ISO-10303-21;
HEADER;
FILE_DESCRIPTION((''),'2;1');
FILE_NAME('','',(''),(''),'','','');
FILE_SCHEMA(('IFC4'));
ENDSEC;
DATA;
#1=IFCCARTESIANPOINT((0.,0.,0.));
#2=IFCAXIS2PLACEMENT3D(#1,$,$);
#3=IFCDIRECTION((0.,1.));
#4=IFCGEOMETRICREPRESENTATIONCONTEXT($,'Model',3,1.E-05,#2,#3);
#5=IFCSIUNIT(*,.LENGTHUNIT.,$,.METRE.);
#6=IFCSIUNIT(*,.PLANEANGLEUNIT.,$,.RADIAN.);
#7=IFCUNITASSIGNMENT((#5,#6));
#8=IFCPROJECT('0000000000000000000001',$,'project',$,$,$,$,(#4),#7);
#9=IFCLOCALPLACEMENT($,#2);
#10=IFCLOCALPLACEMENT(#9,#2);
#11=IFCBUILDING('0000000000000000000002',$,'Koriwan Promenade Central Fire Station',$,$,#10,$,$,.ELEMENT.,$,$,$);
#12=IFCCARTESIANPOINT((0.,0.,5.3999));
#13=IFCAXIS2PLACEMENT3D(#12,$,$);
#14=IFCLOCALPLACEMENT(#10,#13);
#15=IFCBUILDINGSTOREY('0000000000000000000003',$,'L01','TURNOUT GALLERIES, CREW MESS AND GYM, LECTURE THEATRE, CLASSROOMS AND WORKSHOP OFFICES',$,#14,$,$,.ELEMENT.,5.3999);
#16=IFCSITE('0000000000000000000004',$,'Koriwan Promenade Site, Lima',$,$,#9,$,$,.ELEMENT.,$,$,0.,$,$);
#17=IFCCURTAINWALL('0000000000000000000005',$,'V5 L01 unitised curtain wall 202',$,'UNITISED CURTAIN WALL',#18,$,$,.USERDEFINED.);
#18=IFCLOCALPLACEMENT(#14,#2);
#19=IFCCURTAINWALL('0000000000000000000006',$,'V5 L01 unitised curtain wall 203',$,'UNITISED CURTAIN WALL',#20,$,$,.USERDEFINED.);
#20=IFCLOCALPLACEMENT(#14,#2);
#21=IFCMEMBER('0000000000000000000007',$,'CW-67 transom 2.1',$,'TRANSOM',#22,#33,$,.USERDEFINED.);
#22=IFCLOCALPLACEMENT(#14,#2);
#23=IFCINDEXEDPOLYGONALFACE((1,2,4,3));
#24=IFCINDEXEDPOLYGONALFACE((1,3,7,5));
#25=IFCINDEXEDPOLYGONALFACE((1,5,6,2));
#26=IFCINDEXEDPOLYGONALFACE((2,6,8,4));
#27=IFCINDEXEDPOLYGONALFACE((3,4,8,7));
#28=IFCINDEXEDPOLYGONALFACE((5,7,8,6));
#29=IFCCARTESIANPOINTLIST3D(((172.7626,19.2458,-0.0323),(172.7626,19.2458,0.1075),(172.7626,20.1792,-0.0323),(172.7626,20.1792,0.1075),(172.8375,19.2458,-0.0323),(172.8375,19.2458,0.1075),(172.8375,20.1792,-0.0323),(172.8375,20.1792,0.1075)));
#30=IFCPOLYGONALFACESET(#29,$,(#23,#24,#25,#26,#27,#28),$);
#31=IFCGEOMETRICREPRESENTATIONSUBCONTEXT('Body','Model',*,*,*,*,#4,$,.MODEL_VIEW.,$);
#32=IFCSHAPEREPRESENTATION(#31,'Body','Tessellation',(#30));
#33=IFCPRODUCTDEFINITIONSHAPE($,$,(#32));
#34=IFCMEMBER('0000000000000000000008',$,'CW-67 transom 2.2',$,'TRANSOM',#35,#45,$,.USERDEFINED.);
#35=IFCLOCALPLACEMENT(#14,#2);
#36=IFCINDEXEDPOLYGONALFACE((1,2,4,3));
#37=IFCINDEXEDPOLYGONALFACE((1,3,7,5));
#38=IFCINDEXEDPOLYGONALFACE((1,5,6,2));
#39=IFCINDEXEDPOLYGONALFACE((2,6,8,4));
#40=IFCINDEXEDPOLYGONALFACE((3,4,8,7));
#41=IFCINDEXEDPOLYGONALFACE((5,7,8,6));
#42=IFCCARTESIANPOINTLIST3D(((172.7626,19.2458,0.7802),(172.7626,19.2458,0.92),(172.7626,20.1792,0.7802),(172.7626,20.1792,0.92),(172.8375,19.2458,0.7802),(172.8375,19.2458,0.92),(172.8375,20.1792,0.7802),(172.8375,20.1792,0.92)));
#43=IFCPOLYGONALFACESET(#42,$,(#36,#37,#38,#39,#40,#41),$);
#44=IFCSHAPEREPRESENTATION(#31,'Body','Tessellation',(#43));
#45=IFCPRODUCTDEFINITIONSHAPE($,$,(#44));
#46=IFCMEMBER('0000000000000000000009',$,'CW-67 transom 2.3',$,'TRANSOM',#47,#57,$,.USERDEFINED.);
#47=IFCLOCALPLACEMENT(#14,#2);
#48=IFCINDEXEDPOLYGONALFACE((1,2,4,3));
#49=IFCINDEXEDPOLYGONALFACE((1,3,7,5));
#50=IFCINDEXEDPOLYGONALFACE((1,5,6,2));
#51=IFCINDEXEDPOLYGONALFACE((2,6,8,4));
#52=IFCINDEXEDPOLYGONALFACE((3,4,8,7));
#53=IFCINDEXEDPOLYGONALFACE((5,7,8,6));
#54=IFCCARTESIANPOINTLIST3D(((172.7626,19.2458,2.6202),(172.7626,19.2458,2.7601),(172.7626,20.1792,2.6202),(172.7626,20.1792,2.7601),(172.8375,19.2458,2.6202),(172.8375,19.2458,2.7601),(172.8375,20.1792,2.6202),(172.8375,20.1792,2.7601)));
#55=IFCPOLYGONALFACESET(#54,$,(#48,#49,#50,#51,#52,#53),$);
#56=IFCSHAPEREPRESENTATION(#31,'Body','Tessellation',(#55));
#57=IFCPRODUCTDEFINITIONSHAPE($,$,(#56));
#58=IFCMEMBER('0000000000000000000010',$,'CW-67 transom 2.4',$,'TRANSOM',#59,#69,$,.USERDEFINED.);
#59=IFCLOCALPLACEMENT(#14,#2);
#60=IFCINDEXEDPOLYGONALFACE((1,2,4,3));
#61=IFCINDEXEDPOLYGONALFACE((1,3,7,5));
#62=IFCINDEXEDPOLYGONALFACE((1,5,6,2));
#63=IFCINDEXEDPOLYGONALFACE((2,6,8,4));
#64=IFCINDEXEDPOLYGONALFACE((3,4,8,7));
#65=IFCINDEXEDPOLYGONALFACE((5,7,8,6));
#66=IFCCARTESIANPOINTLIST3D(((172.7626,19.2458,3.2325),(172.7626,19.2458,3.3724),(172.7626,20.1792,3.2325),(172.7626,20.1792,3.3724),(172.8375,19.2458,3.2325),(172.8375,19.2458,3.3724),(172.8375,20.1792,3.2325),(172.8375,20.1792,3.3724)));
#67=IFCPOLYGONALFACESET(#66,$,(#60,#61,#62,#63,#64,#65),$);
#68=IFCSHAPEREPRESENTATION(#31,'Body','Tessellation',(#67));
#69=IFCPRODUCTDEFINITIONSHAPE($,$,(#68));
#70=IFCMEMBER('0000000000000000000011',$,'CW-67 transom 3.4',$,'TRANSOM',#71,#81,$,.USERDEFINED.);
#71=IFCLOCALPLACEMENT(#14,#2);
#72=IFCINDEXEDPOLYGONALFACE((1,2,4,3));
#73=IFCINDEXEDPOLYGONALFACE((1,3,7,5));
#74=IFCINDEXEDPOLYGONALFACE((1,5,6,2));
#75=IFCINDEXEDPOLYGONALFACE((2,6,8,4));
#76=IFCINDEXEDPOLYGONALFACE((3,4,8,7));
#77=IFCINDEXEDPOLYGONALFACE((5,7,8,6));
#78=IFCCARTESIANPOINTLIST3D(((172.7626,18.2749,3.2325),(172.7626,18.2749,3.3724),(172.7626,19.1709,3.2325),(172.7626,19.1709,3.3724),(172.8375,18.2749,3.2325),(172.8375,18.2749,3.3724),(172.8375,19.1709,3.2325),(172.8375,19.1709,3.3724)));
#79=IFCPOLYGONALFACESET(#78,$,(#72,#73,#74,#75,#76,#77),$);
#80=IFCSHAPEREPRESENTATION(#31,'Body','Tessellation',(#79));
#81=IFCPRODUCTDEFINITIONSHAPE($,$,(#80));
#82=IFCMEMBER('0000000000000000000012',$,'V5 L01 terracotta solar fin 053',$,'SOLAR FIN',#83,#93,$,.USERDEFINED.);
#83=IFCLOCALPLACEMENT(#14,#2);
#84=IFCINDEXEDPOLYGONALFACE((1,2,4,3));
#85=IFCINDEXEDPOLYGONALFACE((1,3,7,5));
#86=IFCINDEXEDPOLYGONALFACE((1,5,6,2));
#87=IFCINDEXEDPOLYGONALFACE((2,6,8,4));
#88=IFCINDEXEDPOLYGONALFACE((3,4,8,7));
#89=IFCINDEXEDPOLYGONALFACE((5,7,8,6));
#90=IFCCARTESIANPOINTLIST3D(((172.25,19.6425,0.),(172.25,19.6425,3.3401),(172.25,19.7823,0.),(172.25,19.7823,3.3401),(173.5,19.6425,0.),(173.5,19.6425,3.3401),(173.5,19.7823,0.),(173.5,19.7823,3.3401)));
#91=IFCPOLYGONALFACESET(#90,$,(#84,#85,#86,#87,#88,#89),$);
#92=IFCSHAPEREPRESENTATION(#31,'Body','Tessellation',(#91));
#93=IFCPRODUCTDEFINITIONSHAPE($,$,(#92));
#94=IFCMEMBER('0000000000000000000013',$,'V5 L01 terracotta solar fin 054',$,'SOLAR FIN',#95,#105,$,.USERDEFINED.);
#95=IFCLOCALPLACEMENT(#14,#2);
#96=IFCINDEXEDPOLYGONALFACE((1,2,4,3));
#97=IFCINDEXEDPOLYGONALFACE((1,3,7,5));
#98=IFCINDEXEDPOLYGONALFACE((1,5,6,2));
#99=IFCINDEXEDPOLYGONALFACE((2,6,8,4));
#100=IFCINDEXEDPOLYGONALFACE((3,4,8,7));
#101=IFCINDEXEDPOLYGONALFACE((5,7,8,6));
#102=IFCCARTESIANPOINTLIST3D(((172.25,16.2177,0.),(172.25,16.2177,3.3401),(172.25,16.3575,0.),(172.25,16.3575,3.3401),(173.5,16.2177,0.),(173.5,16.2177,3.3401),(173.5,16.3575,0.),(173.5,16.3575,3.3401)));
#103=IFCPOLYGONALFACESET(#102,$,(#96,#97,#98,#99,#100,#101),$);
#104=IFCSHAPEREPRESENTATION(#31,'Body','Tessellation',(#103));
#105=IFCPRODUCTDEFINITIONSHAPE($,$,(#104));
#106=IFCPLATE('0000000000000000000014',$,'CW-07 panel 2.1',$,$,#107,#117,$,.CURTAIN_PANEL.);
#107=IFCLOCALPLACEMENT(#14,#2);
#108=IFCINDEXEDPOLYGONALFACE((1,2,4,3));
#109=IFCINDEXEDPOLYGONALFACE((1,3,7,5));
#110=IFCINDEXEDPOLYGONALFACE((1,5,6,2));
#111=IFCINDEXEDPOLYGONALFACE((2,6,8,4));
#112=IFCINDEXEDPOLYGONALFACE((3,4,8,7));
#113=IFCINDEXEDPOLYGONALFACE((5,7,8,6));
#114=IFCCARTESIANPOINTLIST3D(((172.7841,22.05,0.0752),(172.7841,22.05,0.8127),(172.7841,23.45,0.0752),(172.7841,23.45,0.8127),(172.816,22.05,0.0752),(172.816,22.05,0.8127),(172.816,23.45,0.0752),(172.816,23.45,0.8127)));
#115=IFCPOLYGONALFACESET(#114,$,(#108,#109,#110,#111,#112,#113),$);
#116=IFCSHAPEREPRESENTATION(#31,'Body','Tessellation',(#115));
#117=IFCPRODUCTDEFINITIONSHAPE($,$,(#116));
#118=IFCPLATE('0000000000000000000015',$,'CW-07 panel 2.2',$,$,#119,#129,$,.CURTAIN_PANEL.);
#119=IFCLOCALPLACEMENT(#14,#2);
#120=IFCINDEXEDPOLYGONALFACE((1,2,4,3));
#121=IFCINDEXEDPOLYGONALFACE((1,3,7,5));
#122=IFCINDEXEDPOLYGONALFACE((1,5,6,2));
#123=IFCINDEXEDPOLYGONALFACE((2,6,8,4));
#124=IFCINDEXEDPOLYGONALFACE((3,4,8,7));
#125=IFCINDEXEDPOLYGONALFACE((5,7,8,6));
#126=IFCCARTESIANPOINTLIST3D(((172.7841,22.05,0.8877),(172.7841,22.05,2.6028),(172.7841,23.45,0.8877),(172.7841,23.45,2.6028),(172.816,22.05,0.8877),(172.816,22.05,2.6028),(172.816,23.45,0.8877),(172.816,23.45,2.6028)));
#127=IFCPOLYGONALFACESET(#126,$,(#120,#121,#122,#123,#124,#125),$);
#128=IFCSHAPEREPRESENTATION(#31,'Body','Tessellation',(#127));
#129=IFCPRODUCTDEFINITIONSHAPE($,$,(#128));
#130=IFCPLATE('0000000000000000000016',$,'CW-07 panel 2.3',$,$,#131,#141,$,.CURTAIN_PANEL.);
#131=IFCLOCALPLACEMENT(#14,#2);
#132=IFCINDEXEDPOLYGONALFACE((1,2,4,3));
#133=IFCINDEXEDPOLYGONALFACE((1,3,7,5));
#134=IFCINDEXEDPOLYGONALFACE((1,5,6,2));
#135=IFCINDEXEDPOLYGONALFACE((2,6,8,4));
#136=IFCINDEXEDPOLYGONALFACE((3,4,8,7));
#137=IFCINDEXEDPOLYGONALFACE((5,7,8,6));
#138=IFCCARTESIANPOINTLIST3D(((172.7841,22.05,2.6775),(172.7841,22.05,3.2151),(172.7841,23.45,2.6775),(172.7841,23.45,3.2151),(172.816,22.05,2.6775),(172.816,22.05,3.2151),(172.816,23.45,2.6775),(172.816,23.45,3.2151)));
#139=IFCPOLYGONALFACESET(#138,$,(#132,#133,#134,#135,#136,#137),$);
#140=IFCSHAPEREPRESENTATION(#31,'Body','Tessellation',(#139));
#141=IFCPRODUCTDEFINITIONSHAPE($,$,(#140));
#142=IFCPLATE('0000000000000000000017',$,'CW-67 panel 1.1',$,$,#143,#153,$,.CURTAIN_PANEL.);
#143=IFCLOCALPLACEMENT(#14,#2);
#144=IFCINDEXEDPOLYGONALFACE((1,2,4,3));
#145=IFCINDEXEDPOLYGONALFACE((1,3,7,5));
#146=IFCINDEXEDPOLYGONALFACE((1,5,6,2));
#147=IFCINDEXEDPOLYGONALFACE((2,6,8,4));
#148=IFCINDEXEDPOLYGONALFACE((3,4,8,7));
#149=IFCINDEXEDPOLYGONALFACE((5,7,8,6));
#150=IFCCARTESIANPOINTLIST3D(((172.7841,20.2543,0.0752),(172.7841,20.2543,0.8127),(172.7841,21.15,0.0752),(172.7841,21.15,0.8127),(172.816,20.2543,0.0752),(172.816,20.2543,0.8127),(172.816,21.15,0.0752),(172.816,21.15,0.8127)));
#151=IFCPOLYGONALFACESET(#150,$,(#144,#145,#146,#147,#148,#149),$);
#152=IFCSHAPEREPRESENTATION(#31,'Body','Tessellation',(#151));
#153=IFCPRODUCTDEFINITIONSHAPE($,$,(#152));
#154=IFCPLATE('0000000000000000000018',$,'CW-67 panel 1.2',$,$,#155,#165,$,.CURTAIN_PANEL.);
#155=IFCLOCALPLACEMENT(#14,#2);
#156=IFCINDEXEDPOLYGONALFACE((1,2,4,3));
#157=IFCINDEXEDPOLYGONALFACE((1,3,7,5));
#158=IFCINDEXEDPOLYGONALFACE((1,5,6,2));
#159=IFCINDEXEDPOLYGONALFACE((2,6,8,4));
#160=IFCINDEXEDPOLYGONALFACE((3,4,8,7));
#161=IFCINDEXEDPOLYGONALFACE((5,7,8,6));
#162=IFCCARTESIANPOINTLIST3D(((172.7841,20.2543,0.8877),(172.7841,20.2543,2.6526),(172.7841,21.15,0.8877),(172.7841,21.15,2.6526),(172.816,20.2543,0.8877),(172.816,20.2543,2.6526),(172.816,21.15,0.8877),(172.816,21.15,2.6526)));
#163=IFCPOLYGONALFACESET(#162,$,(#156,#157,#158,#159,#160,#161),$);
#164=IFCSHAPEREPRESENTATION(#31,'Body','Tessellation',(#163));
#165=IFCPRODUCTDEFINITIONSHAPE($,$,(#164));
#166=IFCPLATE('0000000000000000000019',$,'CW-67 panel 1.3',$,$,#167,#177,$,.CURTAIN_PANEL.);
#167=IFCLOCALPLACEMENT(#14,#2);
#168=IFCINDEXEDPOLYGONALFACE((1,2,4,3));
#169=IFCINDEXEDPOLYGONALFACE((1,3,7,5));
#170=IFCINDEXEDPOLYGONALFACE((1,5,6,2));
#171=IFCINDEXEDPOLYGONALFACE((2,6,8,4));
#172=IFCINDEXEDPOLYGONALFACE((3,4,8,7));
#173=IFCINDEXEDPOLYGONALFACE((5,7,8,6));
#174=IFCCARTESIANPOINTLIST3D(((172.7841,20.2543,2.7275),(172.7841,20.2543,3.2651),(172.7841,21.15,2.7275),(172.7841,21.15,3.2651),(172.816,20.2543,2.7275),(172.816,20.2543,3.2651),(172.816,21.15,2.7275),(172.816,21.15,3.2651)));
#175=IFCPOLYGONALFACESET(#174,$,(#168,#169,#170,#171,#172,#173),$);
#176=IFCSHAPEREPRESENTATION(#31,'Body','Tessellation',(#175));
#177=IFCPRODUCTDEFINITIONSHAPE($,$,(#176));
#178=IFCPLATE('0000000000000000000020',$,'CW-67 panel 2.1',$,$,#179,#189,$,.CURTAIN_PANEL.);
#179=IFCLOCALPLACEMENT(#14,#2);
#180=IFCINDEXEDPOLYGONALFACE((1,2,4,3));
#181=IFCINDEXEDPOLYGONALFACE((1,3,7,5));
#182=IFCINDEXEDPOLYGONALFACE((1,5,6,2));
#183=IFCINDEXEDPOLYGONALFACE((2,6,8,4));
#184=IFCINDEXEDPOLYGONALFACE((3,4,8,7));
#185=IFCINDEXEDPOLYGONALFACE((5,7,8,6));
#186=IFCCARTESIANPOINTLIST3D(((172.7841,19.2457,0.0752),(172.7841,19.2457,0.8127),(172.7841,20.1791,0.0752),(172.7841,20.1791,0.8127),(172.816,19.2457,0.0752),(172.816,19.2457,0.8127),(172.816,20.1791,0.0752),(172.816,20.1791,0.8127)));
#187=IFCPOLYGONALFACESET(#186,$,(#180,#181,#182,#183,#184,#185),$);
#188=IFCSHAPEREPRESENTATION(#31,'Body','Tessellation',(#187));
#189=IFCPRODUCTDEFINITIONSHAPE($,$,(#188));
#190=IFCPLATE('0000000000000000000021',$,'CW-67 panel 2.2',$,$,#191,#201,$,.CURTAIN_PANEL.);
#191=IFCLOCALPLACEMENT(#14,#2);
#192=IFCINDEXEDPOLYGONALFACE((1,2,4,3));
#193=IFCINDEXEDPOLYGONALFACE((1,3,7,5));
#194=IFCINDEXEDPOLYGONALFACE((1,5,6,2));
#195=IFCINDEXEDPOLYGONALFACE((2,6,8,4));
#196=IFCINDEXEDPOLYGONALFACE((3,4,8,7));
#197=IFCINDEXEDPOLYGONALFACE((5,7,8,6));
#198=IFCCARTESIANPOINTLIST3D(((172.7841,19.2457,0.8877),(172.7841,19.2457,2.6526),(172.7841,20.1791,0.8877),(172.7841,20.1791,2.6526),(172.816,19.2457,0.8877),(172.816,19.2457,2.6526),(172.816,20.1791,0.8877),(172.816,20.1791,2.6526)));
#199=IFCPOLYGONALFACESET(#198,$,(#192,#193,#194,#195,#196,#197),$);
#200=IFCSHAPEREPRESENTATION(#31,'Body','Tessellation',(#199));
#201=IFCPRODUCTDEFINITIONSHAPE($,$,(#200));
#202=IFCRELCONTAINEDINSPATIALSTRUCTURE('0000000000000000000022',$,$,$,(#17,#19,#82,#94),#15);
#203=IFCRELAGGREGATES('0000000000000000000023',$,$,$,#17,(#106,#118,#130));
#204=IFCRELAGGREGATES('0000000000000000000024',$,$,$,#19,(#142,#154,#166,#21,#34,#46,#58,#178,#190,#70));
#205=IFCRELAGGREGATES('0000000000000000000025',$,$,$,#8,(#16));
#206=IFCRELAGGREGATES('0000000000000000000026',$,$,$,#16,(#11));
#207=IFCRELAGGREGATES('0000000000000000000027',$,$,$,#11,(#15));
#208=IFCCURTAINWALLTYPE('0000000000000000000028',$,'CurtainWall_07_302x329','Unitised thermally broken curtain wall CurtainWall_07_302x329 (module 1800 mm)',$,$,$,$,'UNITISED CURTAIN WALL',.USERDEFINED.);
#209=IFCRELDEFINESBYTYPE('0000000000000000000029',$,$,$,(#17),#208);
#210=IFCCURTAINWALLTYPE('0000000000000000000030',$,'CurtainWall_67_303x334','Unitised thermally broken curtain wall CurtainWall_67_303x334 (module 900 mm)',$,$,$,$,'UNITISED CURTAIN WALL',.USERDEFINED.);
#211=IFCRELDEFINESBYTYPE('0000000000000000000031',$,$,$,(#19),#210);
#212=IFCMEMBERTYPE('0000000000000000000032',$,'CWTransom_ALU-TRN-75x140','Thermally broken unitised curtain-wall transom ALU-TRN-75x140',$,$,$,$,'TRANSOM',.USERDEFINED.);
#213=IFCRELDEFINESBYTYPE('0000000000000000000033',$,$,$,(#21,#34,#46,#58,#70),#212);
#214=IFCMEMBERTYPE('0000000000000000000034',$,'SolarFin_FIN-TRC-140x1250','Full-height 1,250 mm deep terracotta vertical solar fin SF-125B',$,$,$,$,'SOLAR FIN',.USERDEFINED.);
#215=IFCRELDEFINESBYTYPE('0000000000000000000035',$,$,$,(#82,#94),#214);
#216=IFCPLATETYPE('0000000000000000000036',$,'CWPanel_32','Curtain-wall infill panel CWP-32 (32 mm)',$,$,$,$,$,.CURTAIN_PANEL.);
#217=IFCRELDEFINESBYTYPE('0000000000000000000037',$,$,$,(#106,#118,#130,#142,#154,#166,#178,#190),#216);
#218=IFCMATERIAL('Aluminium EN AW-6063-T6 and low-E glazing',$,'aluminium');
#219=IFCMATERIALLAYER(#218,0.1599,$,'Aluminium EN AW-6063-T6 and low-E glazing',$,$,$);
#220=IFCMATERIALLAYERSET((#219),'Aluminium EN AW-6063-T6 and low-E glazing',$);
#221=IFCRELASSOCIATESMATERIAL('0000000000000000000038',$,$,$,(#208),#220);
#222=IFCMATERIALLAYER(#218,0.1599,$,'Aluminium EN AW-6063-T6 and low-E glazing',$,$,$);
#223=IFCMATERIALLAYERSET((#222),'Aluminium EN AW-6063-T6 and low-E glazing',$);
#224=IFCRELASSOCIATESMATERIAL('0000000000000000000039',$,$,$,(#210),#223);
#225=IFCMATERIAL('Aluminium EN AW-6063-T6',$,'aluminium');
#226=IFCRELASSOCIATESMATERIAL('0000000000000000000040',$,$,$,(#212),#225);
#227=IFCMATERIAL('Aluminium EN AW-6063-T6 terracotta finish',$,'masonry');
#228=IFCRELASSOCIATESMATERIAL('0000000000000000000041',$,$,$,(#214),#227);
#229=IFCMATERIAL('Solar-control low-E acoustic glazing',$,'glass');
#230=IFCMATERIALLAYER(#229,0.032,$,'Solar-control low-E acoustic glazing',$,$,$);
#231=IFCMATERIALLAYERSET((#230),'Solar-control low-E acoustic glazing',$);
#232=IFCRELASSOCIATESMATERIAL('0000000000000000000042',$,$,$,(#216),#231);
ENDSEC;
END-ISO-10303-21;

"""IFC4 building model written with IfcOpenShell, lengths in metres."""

from ifc_helpers import new_model, si_unit, direction, frame, origin, origin_2d, place, context, subcontext, project, spatial, rectangle, extrude, material, layer, layer_set, material_profile, profile_set, type_object, element, aggregate, save


model = new_model("IFC4")

# Units and contexts
model_context = context("Model", 3, precision=1e-05, world=origin(), true_north=direction((0.0, 1.0)))
body_context = subcontext(model_context, "Body", "Model", "MODEL_VIEW")
ifc_project = project(units=[si_unit("LENGTHUNIT", "METRE"), si_unit("PLANEANGLEUNIT", "RADIAN")], contexts=[model_context])

# Site, building, storey
site_placement = place(None, origin())
site = spatial("IfcSite", under=ifc_project, at=site_placement, Name="Koriwan Promenade Site, Lima", CompositionType="ELEMENT", RefElevation=0.0)
building_placement = place(site_placement, origin())
building = spatial("IfcBuilding", under=site, at=building_placement, Name="Koriwan Promenade Central Fire Station", CompositionType="ELEMENT")
storey_placement = place(building_placement, frame((0.0, 0.0, 5.3999)))
storey = spatial("IfcBuildingStorey", under=building, at=storey_placement, Name="L01", Description="TURNOUT GALLERIES, CREW MESS AND GYM, LECTURE THEATRE, CLASSROOMS AND WORKSHOP OFFICES", CompositionType="ELEMENT", Elevation=5.3999)

# Curtain wall
ifc_material_1 = material(Name="Aluminium EN AW-6063-T6 and low-E glazing", Category="aluminium")
ifc_layer_1 = layer(ifc_material_1, 0.1599, Name="Aluminium EN AW-6063-T6 and low-E glazing")
ifc_layer_set_1 = layer_set([ifc_layer_1], Name="Aluminium EN AW-6063-T6 and low-E glazing")
curtain_wall_type_1 = type_object("IfcCurtainWallType", Name="CurtainWall_07_302x329", Description="Unitised thermally broken curtain wall CurtainWall_07_302x329 (module 1800 mm)", ElementType="UNITISED CURTAIN WALL", PredefinedType="USERDEFINED", material=ifc_layer_set_1)
curtain_wall_1_placement = place(storey_placement, origin())
curtain_wall_1 = element("IfcCurtainWall", 1, at=curtain_wall_1_placement, inside=storey, type_object=curtain_wall_type_1, Name="V5 L01 unitised curtain wall 202", ObjectType="UNITISED CURTAIN WALL", PredefinedType="USERDEFINED")
ifc_material_2 = material(Name="Aluminium EN AW-6063-T6", Category="aluminium")

# Curtain wall
ifc_layer_2 = layer(ifc_material_1, 0.1599, Name="Aluminium EN AW-6063-T6 and low-E glazing")
ifc_layer_set_2 = layer_set([ifc_layer_2], Name="Aluminium EN AW-6063-T6 and low-E glazing")
curtain_wall_type_2 = type_object("IfcCurtainWallType", Name="CurtainWall_67_303x334", Description="Unitised thermally broken curtain wall CurtainWall_67_303x334 (module 900 mm)", ElementType="UNITISED CURTAIN WALL", PredefinedType="USERDEFINED", material=ifc_layer_set_2)
curtain_wall_2_placement = place(storey_placement, origin())
curtain_wall_2 = element("IfcCurtainWall", 2, at=curtain_wall_2_placement, inside=storey, type_object=curtain_wall_type_2, Name="V5 L01 unitised curtain wall 203", ObjectType="UNITISED CURTAIN WALL", PredefinedType="USERDEFINED")

# Members
ifc_material_profile_1 = material_profile(ifc_material_2, rectangle(XDim=0.075, YDim=0.1399, at=origin_2d()), Name="ALU-TRN-75x140")
ifc_profile_set_1 = profile_set([ifc_material_profile_1], Name="Aluminium EN AW-6063-T6")
member_type_1 = type_object("IfcMemberType", Name="CWTransom_ALU-TRN-75x140", Description="Thermally broken unitised curtain-wall transom ALU-TRN-75x140", ElementType="TRANSOM", PredefinedType="USERDEFINED", material=ifc_profile_set_1)
member_1_placement = place(storey_placement, frame((172.8, 20.1792, 0.0376), z_axis=(0.0, -1.0, 0.0), x_axis=(1.0, 0.0, 0.0)))
member_1 = element("IfcMember", 3, at=member_1_placement, type_object=member_type_1, Name="CW-67 transom 2.1", ObjectType="TRANSOM", PredefinedType="USERDEFINED", context=body_context, shape_type="SweptSolid", body=[
    extrude(rectangle(XDim=0.075, YDim=0.1399, at=origin_2d()), origin(), (0.0, 0.0, 1.0), 0.9333),
])
member_2_placement = place(storey_placement, frame((172.8, 20.1792, 0.8501), z_axis=(0.0, -1.0, 0.0), x_axis=(1.0, 0.0, 0.0)))
member_2 = element("IfcMember", 4, at=member_2_placement, type_object=member_type_1, Name="CW-67 transom 2.2", ObjectType="TRANSOM", PredefinedType="USERDEFINED", context=body_context, shape_type="SweptSolid", body=[
    extrude(rectangle(XDim=0.075, YDim=0.1399, at=origin_2d()), origin(), (0.0, 0.0, 1.0), 0.9333),
])
member_3_placement = place(storey_placement, frame((172.8, 20.1792, 2.6902), z_axis=(0.0, -1.0, 0.0), x_axis=(1.0, 0.0, 0.0)))
member_3 = element("IfcMember", 5, at=member_3_placement, type_object=member_type_1, Name="CW-67 transom 2.3", ObjectType="TRANSOM", PredefinedType="USERDEFINED", context=body_context, shape_type="SweptSolid", body=[
    extrude(rectangle(XDim=0.075, YDim=0.1399, at=origin_2d()), origin(), (0.0, 0.0, 1.0), 0.9333),
])
member_4_placement = place(storey_placement, frame((172.8, 20.1792, 3.3025), z_axis=(0.0, -1.0, 0.0), x_axis=(1.0, 0.0, 0.0)))
member_4 = element("IfcMember", 6, at=member_4_placement, type_object=member_type_1, Name="CW-67 transom 2.4", ObjectType="TRANSOM", PredefinedType="USERDEFINED", context=body_context, shape_type="SweptSolid", body=[
    extrude(rectangle(XDim=0.075, YDim=0.1399, at=origin_2d()), origin(), (0.0, 0.0, 1.0), 0.9333),
])
member_5_placement = place(storey_placement, frame((172.8, 19.1709, 3.3025), z_axis=(0.0, -1.0, 0.0), x_axis=(1.0, 0.0, 0.0)))
member_5 = element("IfcMember", 7, at=member_5_placement, type_object=member_type_1, Name="CW-67 transom 3.4", ObjectType="TRANSOM", PredefinedType="USERDEFINED", context=body_context, shape_type="SweptSolid", body=[
    extrude(rectangle(XDim=0.075, YDim=0.1399, at=origin_2d()), origin(), (0.0, 0.0, 1.0), 0.896),
])

# Members
ifc_material_3 = material(Name="Aluminium EN AW-6063-T6 terracotta finish", Category="masonry")
ifc_material_profile_2 = material_profile(ifc_material_3, rectangle(XDim=0.1399, YDim=1.25, at=origin_2d()), Name="FIN-TRC-140x1250")
ifc_profile_set_2 = profile_set([ifc_material_profile_2], Name="Aluminium EN AW-6063-T6 terracotta finish")
member_type_2 = type_object("IfcMemberType", Name="SolarFin_FIN-TRC-140x1250", Description="Full-height 1,250 mm deep terracotta vertical solar fin SF-125B", ElementType="SOLAR FIN", PredefinedType="USERDEFINED", material=ifc_profile_set_2)
for number, where, z_axis, x_axis, name in (
    (8, (172.875, 19.7124, 0.0), (0.0, 0.0, 1.0), (0.0, -1.0, 0.0), "V5 L01 terracotta solar fin 053"),
    (9, (172.875, 16.2876, 0.0), (0.0, 0.0, 1.0), (0.0, -1.0, 0.0), "V5 L01 terracotta solar fin 054"),
):
    element("IfcMember", number, at=place(storey_placement, frame(where, z_axis=z_axis, x_axis=x_axis)), inside=storey, type_object=member_type_2, Name=name, ObjectType="SOLAR FIN", PredefinedType="USERDEFINED", context=body_context, shape_type="SweptSolid", body=[
        extrude(rectangle(XDim=0.1399, YDim=1.25, at=origin_2d()), origin(), (0.0, 0.0, 1.0), 3.3401),
    ])

# Plates
ifc_material_4 = material(Name="Solar-control low-E acoustic glazing", Category="glass")
ifc_layer_3 = layer(ifc_material_4, 0.032, Name="Solar-control low-E acoustic glazing")
ifc_layer_set_3 = layer_set([ifc_layer_3], Name="Solar-control low-E acoustic glazing")
plate_type = type_object("IfcPlateType", Name="CWPanel_32", Description="Curtain-wall infill panel CWP-32 (32 mm)", PredefinedType="CURTAIN_PANEL", material=ifc_layer_set_3)
plate_1_placement = place(storey_placement, frame((172.8, 22.75, 0.0752), z_axis=(0.0, 0.0, 1.0), x_axis=(0.0, -1.0, 0.0)))
plate_1 = element("IfcPlate", 10, at=plate_1_placement, type_object=plate_type, Name="CW-07 panel 2.1", PredefinedType="CURTAIN_PANEL", context=body_context, shape_type="SweptSolid", body=[
    extrude(rectangle(XDim=1.3999, YDim=0.032, at=origin_2d()), origin(), (0.0, 0.0, 1.0), 0.7375),
])
plate_2_placement = place(storey_placement, frame((172.8, 22.75, 0.8877), z_axis=(0.0, 0.0, 1.0), x_axis=(0.0, -1.0, 0.0)))
plate_2 = element("IfcPlate", 11, at=plate_2_placement, type_object=plate_type, Name="CW-07 panel 2.2", PredefinedType="CURTAIN_PANEL", context=body_context, shape_type="SweptSolid", body=[
    extrude(rectangle(XDim=1.3999, YDim=0.032, at=origin_2d()), origin(), (0.0, 0.0, 1.0), 1.7151),
])
plate_3_placement = place(storey_placement, frame((172.8, 22.75, 2.6775), z_axis=(0.0, 0.0, 1.0), x_axis=(0.0, -1.0, 0.0)))
plate_3 = element("IfcPlate", 12, at=plate_3_placement, type_object=plate_type, Name="CW-07 panel 2.3", PredefinedType="CURTAIN_PANEL", context=body_context, shape_type="SweptSolid", body=[
    extrude(rectangle(XDim=1.3999, YDim=0.032, at=origin_2d()), origin(), (0.0, 0.0, 1.0), 0.5376),
])
aggregate(curtain_wall_1, [plate_1, plate_2, plate_3])
plate_4_placement = place(storey_placement, frame((172.8, 20.7021, 0.0752), z_axis=(0.0, 0.0, 1.0), x_axis=(0.0, -1.0, 0.0)))
plate_4 = element("IfcPlate", 13, at=plate_4_placement, type_object=plate_type, Name="CW-67 panel 1.1", PredefinedType="CURTAIN_PANEL", context=body_context, shape_type="SweptSolid", body=[
    extrude(rectangle(XDim=0.8958, YDim=0.032, at=origin_2d()), origin(), (0.0, 0.0, 1.0), 0.7375),
])
plate_5_placement = place(storey_placement, frame((172.8, 20.7021, 0.8877), z_axis=(0.0, 0.0, 1.0), x_axis=(0.0, -1.0, 0.0)))
plate_5 = element("IfcPlate", 14, at=plate_5_placement, type_object=plate_type, Name="CW-67 panel 1.2", PredefinedType="CURTAIN_PANEL", context=body_context, shape_type="SweptSolid", body=[
    extrude(rectangle(XDim=0.8958, YDim=0.032, at=origin_2d()), origin(), (0.0, 0.0, 1.0), 1.7649),
])
plate_6_placement = place(storey_placement, frame((172.8, 20.7021, 2.7275), z_axis=(0.0, 0.0, 1.0), x_axis=(0.0, -1.0, 0.0)))
plate_6 = element("IfcPlate", 15, at=plate_6_placement, type_object=plate_type, Name="CW-67 panel 1.3", PredefinedType="CURTAIN_PANEL", context=body_context, shape_type="SweptSolid", body=[
    extrude(rectangle(XDim=0.8958, YDim=0.032, at=origin_2d()), origin(), (0.0, 0.0, 1.0), 0.5376),
])
plate_7_placement = place(storey_placement, frame((172.8, 19.7124, 0.0752), z_axis=(0.0, 0.0, 1.0), x_axis=(0.0, -1.0, 0.0)))
plate_7 = element("IfcPlate", 16, at=plate_7_placement, type_object=plate_type, Name="CW-67 panel 2.1", PredefinedType="CURTAIN_PANEL", context=body_context, shape_type="SweptSolid", body=[
    extrude(rectangle(XDim=0.9333, YDim=0.032, at=origin_2d()), origin(), (0.0, 0.0, 1.0), 0.7375),
])
plate_8_placement = place(storey_placement, frame((172.8, 19.7124, 0.8877), z_axis=(0.0, 0.0, 1.0), x_axis=(0.0, -1.0, 0.0)))
plate_8 = element("IfcPlate", 17, at=plate_8_placement, type_object=plate_type, Name="CW-67 panel 2.2", PredefinedType="CURTAIN_PANEL", context=body_context, shape_type="SweptSolid", body=[
    extrude(rectangle(XDim=0.9333, YDim=0.032, at=origin_2d()), origin(), (0.0, 0.0, 1.0), 1.7649),
])
aggregate(curtain_wall_2, [plate_4, plate_5, plate_6, member_1, member_2, member_3, member_4, plate_7, plate_8, member_5])

save(model, "model.ifc")
